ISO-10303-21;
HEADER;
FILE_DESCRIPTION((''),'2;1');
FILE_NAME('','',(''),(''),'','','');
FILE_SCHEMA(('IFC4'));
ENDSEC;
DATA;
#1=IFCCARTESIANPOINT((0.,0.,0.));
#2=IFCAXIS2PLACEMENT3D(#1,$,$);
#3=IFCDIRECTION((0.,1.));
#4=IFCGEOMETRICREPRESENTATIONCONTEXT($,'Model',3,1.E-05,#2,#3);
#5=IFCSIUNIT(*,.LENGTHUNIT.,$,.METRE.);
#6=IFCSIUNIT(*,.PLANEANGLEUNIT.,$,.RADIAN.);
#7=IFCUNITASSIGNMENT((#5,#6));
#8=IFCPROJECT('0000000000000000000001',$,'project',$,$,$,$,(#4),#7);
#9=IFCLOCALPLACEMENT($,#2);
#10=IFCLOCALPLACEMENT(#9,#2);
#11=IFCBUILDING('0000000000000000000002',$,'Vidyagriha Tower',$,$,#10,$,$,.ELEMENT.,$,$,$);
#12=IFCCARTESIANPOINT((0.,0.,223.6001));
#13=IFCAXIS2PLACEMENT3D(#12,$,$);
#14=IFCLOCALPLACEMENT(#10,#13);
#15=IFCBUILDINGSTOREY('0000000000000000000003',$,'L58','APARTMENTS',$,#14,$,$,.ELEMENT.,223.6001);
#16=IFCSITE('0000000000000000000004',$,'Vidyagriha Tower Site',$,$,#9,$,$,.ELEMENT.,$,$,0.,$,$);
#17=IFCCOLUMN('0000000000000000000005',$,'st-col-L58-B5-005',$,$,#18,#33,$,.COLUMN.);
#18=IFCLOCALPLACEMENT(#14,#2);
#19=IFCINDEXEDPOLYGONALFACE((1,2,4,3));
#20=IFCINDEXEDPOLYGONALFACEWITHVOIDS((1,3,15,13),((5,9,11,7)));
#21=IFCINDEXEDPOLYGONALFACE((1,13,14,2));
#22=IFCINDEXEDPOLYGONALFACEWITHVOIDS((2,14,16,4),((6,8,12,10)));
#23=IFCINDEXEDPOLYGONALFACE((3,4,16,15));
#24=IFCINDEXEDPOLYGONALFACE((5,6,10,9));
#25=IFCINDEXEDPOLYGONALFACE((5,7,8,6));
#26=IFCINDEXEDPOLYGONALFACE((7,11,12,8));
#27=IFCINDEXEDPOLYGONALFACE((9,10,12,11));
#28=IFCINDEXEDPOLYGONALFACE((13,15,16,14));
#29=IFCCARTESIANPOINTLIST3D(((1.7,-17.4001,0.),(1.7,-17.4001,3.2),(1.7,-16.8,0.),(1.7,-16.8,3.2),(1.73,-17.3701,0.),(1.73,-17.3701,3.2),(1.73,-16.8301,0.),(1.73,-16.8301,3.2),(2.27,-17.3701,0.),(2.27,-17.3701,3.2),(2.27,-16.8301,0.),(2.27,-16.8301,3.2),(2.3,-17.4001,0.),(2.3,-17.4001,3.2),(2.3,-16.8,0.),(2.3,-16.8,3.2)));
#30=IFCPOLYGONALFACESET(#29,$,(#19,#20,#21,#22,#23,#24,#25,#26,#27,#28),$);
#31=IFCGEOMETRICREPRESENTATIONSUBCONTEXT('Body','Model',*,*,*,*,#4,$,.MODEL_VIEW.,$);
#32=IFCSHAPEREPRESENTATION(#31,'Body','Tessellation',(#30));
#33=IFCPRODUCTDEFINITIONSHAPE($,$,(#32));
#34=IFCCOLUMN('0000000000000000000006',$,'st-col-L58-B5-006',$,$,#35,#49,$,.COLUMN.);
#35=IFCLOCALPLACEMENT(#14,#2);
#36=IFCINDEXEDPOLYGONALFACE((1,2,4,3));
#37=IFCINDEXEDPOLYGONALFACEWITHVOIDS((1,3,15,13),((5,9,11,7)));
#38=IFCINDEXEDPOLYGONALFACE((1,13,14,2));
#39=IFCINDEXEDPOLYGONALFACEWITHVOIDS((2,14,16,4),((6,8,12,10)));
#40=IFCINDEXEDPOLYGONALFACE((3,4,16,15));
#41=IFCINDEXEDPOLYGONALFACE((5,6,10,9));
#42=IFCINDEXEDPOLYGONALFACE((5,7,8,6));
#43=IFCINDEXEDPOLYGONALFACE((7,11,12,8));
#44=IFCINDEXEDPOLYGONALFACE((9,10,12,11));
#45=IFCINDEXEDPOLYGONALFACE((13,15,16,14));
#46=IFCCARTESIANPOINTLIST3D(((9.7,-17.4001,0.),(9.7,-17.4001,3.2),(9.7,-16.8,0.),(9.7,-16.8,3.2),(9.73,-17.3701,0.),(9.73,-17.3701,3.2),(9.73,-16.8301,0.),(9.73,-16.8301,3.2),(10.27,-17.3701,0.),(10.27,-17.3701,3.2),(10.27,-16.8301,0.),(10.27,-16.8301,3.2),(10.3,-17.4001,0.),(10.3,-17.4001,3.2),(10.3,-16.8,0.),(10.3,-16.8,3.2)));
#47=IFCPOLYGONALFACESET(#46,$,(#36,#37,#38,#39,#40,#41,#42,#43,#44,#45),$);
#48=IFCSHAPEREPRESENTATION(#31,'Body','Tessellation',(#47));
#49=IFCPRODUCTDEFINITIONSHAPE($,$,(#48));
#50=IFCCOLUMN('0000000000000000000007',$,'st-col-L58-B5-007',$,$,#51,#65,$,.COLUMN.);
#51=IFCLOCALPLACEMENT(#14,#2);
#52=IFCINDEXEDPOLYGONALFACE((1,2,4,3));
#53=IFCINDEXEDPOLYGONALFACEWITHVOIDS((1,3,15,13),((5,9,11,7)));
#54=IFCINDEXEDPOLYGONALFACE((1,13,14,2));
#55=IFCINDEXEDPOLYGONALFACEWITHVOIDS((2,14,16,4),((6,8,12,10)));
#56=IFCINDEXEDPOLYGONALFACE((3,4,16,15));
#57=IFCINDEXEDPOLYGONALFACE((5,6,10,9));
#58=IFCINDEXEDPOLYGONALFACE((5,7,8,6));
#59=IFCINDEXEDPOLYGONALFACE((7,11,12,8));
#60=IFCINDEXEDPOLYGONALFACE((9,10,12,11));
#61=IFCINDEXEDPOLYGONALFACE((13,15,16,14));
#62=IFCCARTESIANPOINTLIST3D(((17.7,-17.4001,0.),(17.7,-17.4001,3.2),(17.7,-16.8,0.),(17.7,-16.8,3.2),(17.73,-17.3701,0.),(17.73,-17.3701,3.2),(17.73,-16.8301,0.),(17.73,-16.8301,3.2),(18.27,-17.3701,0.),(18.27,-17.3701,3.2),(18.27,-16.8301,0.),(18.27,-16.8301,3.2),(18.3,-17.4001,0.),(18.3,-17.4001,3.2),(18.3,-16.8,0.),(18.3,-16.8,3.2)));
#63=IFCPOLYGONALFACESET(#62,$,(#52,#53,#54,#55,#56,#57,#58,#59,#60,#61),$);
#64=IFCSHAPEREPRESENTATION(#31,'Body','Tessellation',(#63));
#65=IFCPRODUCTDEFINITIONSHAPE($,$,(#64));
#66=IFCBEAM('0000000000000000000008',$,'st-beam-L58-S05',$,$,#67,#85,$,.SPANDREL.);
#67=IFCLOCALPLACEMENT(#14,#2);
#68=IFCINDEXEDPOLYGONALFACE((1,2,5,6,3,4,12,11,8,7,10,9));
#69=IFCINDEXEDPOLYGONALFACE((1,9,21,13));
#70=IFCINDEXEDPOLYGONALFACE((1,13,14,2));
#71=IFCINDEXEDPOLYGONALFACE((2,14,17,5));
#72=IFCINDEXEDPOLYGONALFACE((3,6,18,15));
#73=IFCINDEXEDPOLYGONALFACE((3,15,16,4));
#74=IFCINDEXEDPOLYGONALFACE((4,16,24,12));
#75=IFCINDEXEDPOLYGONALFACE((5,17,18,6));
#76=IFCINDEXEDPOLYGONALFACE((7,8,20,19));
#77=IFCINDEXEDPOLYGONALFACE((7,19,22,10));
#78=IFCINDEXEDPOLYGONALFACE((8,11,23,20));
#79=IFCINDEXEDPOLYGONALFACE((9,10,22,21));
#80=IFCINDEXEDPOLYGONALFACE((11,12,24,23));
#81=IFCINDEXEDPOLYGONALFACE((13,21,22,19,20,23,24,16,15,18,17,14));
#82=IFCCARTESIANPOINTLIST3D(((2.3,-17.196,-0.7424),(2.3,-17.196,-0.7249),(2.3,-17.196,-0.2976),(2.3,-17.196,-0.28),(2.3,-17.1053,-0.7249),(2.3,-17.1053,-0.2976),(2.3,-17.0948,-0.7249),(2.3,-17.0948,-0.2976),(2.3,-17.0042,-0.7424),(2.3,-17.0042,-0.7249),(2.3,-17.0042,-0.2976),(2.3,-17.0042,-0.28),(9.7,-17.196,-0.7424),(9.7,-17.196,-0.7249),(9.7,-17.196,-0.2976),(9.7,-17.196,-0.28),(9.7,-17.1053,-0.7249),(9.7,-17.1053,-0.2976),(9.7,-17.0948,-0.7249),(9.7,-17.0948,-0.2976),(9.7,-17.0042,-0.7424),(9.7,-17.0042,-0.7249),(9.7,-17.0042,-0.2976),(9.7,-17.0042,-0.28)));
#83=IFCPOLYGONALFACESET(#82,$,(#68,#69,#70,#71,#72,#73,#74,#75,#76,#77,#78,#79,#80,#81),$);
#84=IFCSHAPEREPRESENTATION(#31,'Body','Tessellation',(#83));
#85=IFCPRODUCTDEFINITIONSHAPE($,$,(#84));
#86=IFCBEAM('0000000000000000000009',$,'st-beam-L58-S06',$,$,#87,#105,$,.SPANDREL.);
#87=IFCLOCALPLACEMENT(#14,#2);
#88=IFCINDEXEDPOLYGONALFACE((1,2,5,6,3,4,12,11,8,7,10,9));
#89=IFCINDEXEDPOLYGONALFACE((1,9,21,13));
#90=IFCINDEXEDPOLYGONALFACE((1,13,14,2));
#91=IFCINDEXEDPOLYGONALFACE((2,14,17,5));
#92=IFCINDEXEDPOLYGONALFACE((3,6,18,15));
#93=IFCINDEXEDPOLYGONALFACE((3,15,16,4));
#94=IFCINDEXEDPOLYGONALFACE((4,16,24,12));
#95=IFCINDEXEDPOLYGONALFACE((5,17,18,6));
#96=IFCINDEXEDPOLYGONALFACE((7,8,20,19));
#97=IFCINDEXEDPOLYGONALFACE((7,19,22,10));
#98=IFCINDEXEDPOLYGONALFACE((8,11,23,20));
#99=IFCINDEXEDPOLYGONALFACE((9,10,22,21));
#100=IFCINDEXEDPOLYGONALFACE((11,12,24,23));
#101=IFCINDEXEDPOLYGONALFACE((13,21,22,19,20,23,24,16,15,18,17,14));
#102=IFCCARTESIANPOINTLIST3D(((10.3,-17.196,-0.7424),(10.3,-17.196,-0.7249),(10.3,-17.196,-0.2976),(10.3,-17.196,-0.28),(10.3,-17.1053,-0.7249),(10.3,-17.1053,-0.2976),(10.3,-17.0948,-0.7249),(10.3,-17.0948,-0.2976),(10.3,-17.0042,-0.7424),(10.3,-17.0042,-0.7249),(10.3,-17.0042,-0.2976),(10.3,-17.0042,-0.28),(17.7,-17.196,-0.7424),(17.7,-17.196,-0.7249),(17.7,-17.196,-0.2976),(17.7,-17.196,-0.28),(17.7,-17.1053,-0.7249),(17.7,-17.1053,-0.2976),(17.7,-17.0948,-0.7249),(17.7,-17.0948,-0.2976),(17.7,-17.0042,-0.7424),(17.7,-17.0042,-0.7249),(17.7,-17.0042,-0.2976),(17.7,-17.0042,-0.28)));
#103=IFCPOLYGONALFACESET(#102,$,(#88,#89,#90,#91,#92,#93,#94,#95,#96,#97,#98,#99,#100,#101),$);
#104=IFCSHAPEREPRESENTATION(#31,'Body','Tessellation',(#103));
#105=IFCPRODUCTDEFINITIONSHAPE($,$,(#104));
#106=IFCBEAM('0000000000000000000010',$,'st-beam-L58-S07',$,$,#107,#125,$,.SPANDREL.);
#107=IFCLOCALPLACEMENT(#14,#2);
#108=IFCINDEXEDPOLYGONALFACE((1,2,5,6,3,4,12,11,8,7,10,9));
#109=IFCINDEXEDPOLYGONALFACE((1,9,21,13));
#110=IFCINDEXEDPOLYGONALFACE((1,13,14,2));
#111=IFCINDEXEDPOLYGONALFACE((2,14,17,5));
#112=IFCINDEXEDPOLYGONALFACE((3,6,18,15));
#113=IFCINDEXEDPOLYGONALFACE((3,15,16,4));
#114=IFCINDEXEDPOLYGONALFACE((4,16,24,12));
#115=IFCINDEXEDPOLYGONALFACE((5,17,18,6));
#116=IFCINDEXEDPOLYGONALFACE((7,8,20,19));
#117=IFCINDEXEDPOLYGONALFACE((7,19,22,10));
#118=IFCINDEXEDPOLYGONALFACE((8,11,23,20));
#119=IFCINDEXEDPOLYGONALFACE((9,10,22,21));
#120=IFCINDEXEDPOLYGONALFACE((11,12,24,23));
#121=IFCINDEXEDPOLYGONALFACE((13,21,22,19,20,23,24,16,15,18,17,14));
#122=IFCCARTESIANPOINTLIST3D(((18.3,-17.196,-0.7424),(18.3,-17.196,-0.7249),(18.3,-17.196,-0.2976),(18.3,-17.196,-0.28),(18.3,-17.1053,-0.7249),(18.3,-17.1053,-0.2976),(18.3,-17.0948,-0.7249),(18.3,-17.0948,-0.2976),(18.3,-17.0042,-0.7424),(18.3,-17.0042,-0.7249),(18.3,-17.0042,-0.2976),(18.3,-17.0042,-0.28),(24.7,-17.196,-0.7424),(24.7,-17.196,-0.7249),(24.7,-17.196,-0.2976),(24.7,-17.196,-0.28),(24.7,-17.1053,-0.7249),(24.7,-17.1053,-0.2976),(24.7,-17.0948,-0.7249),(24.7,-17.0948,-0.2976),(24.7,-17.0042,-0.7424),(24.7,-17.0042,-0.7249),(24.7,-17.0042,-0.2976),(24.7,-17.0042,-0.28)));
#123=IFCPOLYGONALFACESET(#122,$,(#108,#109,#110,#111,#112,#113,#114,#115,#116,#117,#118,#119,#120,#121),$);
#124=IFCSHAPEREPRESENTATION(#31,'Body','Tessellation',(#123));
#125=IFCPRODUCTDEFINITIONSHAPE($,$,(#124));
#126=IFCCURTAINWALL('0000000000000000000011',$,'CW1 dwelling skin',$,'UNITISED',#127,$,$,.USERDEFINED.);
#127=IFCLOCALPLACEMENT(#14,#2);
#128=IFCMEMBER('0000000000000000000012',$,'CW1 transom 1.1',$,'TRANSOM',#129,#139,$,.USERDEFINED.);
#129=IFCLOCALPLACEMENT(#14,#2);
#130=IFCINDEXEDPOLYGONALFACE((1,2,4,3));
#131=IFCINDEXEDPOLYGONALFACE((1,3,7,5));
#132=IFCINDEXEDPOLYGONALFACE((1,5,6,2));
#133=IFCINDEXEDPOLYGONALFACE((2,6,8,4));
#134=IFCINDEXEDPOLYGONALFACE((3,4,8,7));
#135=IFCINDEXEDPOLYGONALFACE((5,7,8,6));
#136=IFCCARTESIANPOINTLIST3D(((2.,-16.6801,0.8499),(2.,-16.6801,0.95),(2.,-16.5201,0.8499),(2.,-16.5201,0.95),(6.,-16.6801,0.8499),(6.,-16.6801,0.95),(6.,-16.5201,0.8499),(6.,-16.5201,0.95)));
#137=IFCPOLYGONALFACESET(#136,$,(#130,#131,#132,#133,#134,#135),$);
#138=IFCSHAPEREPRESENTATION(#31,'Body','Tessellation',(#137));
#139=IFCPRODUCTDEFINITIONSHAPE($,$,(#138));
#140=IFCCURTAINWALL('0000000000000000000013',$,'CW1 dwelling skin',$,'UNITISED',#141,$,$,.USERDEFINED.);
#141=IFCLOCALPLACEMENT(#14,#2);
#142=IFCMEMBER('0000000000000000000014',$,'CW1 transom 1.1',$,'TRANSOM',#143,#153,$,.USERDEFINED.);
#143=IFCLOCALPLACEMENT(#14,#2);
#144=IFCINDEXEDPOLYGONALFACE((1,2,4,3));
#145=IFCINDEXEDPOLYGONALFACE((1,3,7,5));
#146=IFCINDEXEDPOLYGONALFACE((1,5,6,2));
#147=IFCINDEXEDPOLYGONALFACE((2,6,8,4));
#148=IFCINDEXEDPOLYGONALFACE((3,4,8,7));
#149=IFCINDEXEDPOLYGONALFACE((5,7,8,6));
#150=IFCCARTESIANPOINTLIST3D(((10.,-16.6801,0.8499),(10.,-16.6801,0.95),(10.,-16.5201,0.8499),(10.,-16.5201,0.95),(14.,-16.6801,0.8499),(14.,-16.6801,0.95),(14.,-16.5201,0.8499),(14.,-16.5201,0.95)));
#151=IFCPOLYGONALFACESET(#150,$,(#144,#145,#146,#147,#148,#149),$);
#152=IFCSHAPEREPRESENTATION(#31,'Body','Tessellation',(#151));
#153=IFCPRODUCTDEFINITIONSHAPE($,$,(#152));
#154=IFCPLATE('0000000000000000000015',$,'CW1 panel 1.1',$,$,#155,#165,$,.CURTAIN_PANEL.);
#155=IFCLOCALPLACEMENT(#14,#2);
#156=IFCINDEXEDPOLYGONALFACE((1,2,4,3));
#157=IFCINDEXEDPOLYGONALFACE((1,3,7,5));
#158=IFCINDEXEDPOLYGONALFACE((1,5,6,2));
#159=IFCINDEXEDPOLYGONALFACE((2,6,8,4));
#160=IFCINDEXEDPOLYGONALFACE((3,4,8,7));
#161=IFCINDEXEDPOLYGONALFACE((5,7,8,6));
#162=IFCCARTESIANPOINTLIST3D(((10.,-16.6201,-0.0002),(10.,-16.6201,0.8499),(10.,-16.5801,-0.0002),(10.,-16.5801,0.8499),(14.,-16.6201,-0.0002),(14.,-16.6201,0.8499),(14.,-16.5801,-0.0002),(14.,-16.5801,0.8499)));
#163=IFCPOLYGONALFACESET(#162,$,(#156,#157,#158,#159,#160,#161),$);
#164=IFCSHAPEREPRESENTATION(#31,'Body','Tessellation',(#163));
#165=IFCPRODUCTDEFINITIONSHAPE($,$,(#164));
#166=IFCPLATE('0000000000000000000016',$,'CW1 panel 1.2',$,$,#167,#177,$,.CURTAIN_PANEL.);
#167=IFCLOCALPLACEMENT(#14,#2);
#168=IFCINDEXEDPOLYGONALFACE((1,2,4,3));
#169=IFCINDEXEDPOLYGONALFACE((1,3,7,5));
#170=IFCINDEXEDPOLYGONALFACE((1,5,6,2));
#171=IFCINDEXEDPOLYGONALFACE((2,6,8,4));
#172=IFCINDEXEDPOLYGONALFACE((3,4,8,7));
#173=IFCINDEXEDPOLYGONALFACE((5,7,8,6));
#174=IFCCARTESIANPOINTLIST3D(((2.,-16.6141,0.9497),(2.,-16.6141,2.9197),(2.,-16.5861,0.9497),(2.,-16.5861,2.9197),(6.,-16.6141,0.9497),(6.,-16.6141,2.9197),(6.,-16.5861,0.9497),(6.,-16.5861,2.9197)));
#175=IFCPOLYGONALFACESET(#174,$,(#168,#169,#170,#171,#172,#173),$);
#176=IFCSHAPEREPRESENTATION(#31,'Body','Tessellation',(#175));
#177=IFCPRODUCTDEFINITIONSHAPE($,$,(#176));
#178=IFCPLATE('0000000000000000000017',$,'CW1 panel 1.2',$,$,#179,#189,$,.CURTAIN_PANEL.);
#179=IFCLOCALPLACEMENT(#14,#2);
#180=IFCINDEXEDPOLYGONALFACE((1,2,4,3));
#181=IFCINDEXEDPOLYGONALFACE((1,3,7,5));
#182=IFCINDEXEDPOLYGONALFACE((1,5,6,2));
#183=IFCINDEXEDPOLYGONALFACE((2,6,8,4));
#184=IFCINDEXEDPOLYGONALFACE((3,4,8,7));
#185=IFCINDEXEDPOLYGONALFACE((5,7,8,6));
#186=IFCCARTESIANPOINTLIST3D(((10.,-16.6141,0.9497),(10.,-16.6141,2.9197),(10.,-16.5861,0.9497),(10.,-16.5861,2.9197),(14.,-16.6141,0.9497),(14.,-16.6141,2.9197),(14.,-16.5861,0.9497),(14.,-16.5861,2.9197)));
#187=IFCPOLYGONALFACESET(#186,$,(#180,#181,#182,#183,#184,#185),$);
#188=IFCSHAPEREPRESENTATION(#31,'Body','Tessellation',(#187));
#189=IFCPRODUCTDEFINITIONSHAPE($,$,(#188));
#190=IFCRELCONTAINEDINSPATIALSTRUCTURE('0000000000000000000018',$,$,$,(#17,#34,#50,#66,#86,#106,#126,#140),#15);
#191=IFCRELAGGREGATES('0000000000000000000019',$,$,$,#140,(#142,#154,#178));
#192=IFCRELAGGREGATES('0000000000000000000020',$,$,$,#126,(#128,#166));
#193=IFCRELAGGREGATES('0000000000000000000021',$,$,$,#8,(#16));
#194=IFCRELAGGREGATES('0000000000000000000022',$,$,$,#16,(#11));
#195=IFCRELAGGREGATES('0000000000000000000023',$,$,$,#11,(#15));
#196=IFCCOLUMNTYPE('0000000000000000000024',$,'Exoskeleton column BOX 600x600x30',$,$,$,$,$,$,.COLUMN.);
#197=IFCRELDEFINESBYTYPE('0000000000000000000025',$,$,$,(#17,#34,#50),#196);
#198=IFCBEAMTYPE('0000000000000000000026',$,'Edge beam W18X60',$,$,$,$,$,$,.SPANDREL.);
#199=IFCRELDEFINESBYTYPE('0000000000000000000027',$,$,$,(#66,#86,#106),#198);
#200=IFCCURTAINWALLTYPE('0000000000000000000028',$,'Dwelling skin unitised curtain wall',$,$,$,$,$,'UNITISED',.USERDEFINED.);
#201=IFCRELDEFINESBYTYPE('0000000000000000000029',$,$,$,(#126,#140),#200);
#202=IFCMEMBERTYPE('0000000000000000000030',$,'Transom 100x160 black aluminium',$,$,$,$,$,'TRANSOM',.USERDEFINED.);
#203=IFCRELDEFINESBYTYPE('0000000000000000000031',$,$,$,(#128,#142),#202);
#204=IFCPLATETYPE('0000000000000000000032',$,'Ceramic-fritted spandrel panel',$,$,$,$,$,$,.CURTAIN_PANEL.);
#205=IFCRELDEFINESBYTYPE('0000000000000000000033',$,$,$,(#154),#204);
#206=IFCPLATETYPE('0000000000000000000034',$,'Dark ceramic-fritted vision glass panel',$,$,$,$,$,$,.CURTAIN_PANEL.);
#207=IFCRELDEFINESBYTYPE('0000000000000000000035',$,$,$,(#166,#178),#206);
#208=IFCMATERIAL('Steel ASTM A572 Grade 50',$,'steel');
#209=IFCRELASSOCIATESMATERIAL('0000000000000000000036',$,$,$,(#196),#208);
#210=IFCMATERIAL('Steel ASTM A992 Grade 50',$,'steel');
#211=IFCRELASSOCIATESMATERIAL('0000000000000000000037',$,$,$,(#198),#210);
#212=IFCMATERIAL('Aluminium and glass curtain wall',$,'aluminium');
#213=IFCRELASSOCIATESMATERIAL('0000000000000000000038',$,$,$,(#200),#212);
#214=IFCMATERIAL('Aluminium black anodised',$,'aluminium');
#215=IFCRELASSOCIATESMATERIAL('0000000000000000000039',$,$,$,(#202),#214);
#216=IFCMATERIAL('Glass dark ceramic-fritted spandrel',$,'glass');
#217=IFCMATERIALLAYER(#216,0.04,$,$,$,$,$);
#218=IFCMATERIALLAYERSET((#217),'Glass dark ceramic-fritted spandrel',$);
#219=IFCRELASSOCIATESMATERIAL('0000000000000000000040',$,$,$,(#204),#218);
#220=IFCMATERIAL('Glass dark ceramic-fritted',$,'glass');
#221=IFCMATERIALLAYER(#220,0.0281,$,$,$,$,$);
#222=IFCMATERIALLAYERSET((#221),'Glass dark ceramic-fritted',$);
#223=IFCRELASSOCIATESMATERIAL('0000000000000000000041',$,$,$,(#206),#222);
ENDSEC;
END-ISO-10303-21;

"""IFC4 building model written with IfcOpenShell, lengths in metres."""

from ifc_helpers import new_model, si_unit, direction, frame, origin, origin_2d, place, context, subcontext, project, spatial, rectangle, hollow_rectangle, i_section, extrude, material, layer, layer_set, material_profile, profile_set, type_object, element, aggregate, save


model = new_model("IFC4")

# Units and contexts
model_context = context("Model", 3, precision=1e-05, world=origin(), true_north=direction((0.0, 1.0)))
body_context = subcontext(model_context, "Body", "Model", "MODEL_VIEW")
ifc_project = project(units=[si_unit("LENGTHUNIT", "METRE"), si_unit("PLANEANGLEUNIT", "RADIAN")], contexts=[model_context])

# Site, building, storey
site_placement = place(None, origin())
site = spatial("IfcSite", under=ifc_project, at=site_placement, Name="Vidyagriha Tower Site", CompositionType="ELEMENT", RefElevation=0.0)
building_placement = place(site_placement, origin())
building = spatial("IfcBuilding", under=site, at=building_placement, Name="Vidyagriha Tower", CompositionType="ELEMENT")
storey_placement = place(building_placement, frame((0.0, 0.0, 223.6001)))
storey = spatial("IfcBuildingStorey", under=building, at=storey_placement, Name="L58", Description="APARTMENTS", CompositionType="ELEMENT", Elevation=223.6001)

# Columns
ifc_material_1 = material(Name="Steel ASTM A572 Grade 50", Category="steel")
ifc_material_profile_1 = material_profile(ifc_material_1, hollow_rectangle(XDim=0.6001, YDim=0.6001, WallThickness=0.03, at=origin_2d()), Name="BOX 600x600x30")
ifc_profile_set_1 = profile_set([ifc_material_profile_1], Name="Steel ASTM A572 Grade 50")
column_type = type_object("IfcColumnType", Name="Exoskeleton column BOX 600x600x30", PredefinedType="COLUMN", material=ifc_profile_set_1)
for number, where, name in (
    (1, (2.0, -17.1001, 0.0), "st-col-L58-B5-005"),
    (2, (10.0, -17.1001, 0.0), "st-col-L58-B5-006"),
    (3, (18.0, -17.1001, 0.0), "st-col-L58-B5-007"),
):
    element("IfcColumn", number, at=place(storey_placement, frame(where)), inside=storey, type_object=column_type, Name=name, PredefinedType="COLUMN", context=body_context, shape_type="SweptSolid", body=[
        extrude(hollow_rectangle(XDim=0.6001, YDim=0.6001, WallThickness=0.03, at=origin_2d()), origin(), (0.0, 0.0, 1.0), 3.2),
    ])

# Beams
ifc_material_2 = material(Name="Steel ASTM A992 Grade 50", Category="steel")
ifc_material_profile_2 = material_profile(ifc_material_2, i_section(OverallWidth=0.1919, OverallDepth=0.4624, WebThickness=0.0105, FlangeThickness=0.0176, at=origin_2d()), Name="W18X60")
ifc_profile_set_2 = profile_set([ifc_material_profile_2], Name="Steel ASTM A992 Grade 50")
beam_type = type_object("IfcBeamType", Name="Edge beam W18X60", PredefinedType="SPANDREL", material=ifc_profile_set_2)
for number, where, z_axis, x_axis, name in (
    (4, (2.3, -17.1001, -0.5112), (1.0, 0.0, 0.0), (0.0, 1.0, 0.0), "st-beam-L58-S05"),
    (5, (10.3, -17.1001, -0.5112), (1.0, 0.0, 0.0), (0.0, 1.0, 0.0), "st-beam-L58-S06"),
):
    element("IfcBeam", number, at=place(storey_placement, frame(where, z_axis=z_axis, x_axis=x_axis)), inside=storey, type_object=beam_type, Name=name, PredefinedType="SPANDREL", context=body_context, shape_type="SweptSolid", body=[
        extrude(i_section(OverallWidth=0.1919, OverallDepth=0.4624, WebThickness=0.0105, FlangeThickness=0.0176, at=origin_2d()), origin(), (0.0, 0.0, 1.0), 7.3999),
    ])
beam_placement = place(storey_placement, frame((18.3, -17.1001, -0.5112), z_axis=(1.0, 0.0, 0.0), x_axis=(0.0, 1.0, 0.0)))
element("IfcBeam", 6, at=beam_placement, inside=storey, type_object=beam_type, Name="st-beam-L58-S07", PredefinedType="SPANDREL", context=body_context, shape_type="SweptSolid", body=[
    extrude(i_section(OverallWidth=0.1919, OverallDepth=0.4624, WebThickness=0.0105, FlangeThickness=0.0176, at=origin_2d()), origin(), (0.0, 0.0, 1.0), 6.3999),
])

# Curtain wall, member
ifc_material_3 = material(Name="Aluminium and glass curtain wall", Category="aluminium")
curtain_wall_type = type_object("IfcCurtainWallType", Name="Dwelling skin unitised curtain wall", ElementType="UNITISED", PredefinedType="USERDEFINED", material=ifc_material_3)
curtain_wall_1_placement = place(storey_placement, origin())
curtain_wall_1 = element("IfcCurtainWall", 7, at=curtain_wall_1_placement, inside=storey, type_object=curtain_wall_type, Name="CW1 dwelling skin", ObjectType="UNITISED", PredefinedType="USERDEFINED")
ifc_material_4 = material(Name="Aluminium black anodised", Category="aluminium")
ifc_material_profile_3 = material_profile(ifc_material_4, rectangle(XDim=0.1599, YDim=0.1001, at=origin_2d()), Name="Transom 100x160 black aluminium")
ifc_profile_set_3 = profile_set([ifc_material_profile_3], Name="Aluminium black anodised")
member_type = type_object("IfcMemberType", Name="Transom 100x160 black aluminium", ElementType="TRANSOM", PredefinedType="USERDEFINED", material=ifc_profile_set_3)
member_1_placement = place(storey_placement, frame((2.0, -16.6001, 0.8999), z_axis=(1.0, 0.0, 0.0), x_axis=(0.0, 1.0, 0.0)))
member_1 = element("IfcMember", 8, at=member_1_placement, type_object=member_type, Name="CW1 transom 1.1", ObjectType="TRANSOM", PredefinedType="USERDEFINED", context=body_context, shape_type="SweptSolid", body=[
    extrude(rectangle(XDim=0.1599, YDim=0.1001, at=origin_2d()), origin(), (0.0, 0.0, 1.0), 4.0),
])

# Curtain wall, member, plate
curtain_wall_2_placement = place(storey_placement, origin())
curtain_wall_2 = element("IfcCurtainWall", 9, at=curtain_wall_2_placement, inside=storey, type_object=curtain_wall_type, Name="CW1 dwelling skin", ObjectType="UNITISED", PredefinedType="USERDEFINED")
member_2_placement = place(storey_placement, frame((10.0, -16.6001, 0.8999), z_axis=(1.0, 0.0, 0.0), x_axis=(0.0, 1.0, 0.0)))
member_2 = element("IfcMember", 10, at=member_2_placement, type_object=member_type, Name="CW1 transom 1.1", ObjectType="TRANSOM", PredefinedType="USERDEFINED", context=body_context, shape_type="SweptSolid", body=[
    extrude(rectangle(XDim=0.1599, YDim=0.1001, at=origin_2d()), origin(), (0.0, 0.0, 1.0), 4.0),
])
ifc_material_5 = material(Name="Glass dark ceramic-fritted spandrel", Category="glass")
ifc_layer_1 = layer(ifc_material_5, 0.04)
ifc_layer_set_1 = layer_set([ifc_layer_1], Name="Glass dark ceramic-fritted spandrel")
plate_type_1 = type_object("IfcPlateType", Name="Ceramic-fritted spandrel panel", PredefinedType="CURTAIN_PANEL", material=ifc_layer_set_1)
plate_1_placement = place(storey_placement, frame((12.0, -16.6001, -0.0002)))
plate_1 = element("IfcPlate", 11, at=plate_1_placement, type_object=plate_type_1, Name="CW1 panel 1.1", PredefinedType="CURTAIN_PANEL", context=body_context, shape_type="SweptSolid", body=[
    extrude(rectangle(XDim=4.0, YDim=0.04, at=origin_2d()), origin(), (0.0, 0.0, 1.0), 0.8501),
])

# Plates
ifc_material_6 = material(Name="Glass dark ceramic-fritted", Category="glass")
ifc_layer_2 = layer(ifc_material_6, 0.0281)
ifc_layer_set_2 = layer_set([ifc_layer_2], Name="Glass dark ceramic-fritted")
plate_type_2 = type_object("IfcPlateType", Name="Dark ceramic-fritted vision glass panel", PredefinedType="CURTAIN_PANEL", material=ifc_layer_set_2)
plate_2_placement = place(storey_placement, frame((4.0, -16.6001, 0.9497)))
plate_2 = element("IfcPlate", 12, at=plate_2_placement, type_object=plate_type_2, Name="CW1 panel 1.2", PredefinedType="CURTAIN_PANEL", context=body_context, shape_type="SweptSolid", body=[
    extrude(rectangle(XDim=4.0, YDim=0.0281, at=origin_2d()), origin(), (0.0, 0.0, 1.0), 1.97),
])
plate_3_placement = place(storey_placement, frame((12.0, -16.6001, 0.9497)))
plate_3 = element("IfcPlate", 13, at=plate_3_placement, type_object=plate_type_2, Name="CW1 panel 1.2", PredefinedType="CURTAIN_PANEL", context=body_context, shape_type="SweptSolid", body=[
    extrude(rectangle(XDim=4.0, YDim=0.0281, at=origin_2d()), origin(), (0.0, 0.0, 1.0), 1.97),
])
aggregate(curtain_wall_2, [member_2, plate_1, plate_3])
aggregate(curtain_wall_1, [member_1, plate_2])

save(model, "model.ifc")
